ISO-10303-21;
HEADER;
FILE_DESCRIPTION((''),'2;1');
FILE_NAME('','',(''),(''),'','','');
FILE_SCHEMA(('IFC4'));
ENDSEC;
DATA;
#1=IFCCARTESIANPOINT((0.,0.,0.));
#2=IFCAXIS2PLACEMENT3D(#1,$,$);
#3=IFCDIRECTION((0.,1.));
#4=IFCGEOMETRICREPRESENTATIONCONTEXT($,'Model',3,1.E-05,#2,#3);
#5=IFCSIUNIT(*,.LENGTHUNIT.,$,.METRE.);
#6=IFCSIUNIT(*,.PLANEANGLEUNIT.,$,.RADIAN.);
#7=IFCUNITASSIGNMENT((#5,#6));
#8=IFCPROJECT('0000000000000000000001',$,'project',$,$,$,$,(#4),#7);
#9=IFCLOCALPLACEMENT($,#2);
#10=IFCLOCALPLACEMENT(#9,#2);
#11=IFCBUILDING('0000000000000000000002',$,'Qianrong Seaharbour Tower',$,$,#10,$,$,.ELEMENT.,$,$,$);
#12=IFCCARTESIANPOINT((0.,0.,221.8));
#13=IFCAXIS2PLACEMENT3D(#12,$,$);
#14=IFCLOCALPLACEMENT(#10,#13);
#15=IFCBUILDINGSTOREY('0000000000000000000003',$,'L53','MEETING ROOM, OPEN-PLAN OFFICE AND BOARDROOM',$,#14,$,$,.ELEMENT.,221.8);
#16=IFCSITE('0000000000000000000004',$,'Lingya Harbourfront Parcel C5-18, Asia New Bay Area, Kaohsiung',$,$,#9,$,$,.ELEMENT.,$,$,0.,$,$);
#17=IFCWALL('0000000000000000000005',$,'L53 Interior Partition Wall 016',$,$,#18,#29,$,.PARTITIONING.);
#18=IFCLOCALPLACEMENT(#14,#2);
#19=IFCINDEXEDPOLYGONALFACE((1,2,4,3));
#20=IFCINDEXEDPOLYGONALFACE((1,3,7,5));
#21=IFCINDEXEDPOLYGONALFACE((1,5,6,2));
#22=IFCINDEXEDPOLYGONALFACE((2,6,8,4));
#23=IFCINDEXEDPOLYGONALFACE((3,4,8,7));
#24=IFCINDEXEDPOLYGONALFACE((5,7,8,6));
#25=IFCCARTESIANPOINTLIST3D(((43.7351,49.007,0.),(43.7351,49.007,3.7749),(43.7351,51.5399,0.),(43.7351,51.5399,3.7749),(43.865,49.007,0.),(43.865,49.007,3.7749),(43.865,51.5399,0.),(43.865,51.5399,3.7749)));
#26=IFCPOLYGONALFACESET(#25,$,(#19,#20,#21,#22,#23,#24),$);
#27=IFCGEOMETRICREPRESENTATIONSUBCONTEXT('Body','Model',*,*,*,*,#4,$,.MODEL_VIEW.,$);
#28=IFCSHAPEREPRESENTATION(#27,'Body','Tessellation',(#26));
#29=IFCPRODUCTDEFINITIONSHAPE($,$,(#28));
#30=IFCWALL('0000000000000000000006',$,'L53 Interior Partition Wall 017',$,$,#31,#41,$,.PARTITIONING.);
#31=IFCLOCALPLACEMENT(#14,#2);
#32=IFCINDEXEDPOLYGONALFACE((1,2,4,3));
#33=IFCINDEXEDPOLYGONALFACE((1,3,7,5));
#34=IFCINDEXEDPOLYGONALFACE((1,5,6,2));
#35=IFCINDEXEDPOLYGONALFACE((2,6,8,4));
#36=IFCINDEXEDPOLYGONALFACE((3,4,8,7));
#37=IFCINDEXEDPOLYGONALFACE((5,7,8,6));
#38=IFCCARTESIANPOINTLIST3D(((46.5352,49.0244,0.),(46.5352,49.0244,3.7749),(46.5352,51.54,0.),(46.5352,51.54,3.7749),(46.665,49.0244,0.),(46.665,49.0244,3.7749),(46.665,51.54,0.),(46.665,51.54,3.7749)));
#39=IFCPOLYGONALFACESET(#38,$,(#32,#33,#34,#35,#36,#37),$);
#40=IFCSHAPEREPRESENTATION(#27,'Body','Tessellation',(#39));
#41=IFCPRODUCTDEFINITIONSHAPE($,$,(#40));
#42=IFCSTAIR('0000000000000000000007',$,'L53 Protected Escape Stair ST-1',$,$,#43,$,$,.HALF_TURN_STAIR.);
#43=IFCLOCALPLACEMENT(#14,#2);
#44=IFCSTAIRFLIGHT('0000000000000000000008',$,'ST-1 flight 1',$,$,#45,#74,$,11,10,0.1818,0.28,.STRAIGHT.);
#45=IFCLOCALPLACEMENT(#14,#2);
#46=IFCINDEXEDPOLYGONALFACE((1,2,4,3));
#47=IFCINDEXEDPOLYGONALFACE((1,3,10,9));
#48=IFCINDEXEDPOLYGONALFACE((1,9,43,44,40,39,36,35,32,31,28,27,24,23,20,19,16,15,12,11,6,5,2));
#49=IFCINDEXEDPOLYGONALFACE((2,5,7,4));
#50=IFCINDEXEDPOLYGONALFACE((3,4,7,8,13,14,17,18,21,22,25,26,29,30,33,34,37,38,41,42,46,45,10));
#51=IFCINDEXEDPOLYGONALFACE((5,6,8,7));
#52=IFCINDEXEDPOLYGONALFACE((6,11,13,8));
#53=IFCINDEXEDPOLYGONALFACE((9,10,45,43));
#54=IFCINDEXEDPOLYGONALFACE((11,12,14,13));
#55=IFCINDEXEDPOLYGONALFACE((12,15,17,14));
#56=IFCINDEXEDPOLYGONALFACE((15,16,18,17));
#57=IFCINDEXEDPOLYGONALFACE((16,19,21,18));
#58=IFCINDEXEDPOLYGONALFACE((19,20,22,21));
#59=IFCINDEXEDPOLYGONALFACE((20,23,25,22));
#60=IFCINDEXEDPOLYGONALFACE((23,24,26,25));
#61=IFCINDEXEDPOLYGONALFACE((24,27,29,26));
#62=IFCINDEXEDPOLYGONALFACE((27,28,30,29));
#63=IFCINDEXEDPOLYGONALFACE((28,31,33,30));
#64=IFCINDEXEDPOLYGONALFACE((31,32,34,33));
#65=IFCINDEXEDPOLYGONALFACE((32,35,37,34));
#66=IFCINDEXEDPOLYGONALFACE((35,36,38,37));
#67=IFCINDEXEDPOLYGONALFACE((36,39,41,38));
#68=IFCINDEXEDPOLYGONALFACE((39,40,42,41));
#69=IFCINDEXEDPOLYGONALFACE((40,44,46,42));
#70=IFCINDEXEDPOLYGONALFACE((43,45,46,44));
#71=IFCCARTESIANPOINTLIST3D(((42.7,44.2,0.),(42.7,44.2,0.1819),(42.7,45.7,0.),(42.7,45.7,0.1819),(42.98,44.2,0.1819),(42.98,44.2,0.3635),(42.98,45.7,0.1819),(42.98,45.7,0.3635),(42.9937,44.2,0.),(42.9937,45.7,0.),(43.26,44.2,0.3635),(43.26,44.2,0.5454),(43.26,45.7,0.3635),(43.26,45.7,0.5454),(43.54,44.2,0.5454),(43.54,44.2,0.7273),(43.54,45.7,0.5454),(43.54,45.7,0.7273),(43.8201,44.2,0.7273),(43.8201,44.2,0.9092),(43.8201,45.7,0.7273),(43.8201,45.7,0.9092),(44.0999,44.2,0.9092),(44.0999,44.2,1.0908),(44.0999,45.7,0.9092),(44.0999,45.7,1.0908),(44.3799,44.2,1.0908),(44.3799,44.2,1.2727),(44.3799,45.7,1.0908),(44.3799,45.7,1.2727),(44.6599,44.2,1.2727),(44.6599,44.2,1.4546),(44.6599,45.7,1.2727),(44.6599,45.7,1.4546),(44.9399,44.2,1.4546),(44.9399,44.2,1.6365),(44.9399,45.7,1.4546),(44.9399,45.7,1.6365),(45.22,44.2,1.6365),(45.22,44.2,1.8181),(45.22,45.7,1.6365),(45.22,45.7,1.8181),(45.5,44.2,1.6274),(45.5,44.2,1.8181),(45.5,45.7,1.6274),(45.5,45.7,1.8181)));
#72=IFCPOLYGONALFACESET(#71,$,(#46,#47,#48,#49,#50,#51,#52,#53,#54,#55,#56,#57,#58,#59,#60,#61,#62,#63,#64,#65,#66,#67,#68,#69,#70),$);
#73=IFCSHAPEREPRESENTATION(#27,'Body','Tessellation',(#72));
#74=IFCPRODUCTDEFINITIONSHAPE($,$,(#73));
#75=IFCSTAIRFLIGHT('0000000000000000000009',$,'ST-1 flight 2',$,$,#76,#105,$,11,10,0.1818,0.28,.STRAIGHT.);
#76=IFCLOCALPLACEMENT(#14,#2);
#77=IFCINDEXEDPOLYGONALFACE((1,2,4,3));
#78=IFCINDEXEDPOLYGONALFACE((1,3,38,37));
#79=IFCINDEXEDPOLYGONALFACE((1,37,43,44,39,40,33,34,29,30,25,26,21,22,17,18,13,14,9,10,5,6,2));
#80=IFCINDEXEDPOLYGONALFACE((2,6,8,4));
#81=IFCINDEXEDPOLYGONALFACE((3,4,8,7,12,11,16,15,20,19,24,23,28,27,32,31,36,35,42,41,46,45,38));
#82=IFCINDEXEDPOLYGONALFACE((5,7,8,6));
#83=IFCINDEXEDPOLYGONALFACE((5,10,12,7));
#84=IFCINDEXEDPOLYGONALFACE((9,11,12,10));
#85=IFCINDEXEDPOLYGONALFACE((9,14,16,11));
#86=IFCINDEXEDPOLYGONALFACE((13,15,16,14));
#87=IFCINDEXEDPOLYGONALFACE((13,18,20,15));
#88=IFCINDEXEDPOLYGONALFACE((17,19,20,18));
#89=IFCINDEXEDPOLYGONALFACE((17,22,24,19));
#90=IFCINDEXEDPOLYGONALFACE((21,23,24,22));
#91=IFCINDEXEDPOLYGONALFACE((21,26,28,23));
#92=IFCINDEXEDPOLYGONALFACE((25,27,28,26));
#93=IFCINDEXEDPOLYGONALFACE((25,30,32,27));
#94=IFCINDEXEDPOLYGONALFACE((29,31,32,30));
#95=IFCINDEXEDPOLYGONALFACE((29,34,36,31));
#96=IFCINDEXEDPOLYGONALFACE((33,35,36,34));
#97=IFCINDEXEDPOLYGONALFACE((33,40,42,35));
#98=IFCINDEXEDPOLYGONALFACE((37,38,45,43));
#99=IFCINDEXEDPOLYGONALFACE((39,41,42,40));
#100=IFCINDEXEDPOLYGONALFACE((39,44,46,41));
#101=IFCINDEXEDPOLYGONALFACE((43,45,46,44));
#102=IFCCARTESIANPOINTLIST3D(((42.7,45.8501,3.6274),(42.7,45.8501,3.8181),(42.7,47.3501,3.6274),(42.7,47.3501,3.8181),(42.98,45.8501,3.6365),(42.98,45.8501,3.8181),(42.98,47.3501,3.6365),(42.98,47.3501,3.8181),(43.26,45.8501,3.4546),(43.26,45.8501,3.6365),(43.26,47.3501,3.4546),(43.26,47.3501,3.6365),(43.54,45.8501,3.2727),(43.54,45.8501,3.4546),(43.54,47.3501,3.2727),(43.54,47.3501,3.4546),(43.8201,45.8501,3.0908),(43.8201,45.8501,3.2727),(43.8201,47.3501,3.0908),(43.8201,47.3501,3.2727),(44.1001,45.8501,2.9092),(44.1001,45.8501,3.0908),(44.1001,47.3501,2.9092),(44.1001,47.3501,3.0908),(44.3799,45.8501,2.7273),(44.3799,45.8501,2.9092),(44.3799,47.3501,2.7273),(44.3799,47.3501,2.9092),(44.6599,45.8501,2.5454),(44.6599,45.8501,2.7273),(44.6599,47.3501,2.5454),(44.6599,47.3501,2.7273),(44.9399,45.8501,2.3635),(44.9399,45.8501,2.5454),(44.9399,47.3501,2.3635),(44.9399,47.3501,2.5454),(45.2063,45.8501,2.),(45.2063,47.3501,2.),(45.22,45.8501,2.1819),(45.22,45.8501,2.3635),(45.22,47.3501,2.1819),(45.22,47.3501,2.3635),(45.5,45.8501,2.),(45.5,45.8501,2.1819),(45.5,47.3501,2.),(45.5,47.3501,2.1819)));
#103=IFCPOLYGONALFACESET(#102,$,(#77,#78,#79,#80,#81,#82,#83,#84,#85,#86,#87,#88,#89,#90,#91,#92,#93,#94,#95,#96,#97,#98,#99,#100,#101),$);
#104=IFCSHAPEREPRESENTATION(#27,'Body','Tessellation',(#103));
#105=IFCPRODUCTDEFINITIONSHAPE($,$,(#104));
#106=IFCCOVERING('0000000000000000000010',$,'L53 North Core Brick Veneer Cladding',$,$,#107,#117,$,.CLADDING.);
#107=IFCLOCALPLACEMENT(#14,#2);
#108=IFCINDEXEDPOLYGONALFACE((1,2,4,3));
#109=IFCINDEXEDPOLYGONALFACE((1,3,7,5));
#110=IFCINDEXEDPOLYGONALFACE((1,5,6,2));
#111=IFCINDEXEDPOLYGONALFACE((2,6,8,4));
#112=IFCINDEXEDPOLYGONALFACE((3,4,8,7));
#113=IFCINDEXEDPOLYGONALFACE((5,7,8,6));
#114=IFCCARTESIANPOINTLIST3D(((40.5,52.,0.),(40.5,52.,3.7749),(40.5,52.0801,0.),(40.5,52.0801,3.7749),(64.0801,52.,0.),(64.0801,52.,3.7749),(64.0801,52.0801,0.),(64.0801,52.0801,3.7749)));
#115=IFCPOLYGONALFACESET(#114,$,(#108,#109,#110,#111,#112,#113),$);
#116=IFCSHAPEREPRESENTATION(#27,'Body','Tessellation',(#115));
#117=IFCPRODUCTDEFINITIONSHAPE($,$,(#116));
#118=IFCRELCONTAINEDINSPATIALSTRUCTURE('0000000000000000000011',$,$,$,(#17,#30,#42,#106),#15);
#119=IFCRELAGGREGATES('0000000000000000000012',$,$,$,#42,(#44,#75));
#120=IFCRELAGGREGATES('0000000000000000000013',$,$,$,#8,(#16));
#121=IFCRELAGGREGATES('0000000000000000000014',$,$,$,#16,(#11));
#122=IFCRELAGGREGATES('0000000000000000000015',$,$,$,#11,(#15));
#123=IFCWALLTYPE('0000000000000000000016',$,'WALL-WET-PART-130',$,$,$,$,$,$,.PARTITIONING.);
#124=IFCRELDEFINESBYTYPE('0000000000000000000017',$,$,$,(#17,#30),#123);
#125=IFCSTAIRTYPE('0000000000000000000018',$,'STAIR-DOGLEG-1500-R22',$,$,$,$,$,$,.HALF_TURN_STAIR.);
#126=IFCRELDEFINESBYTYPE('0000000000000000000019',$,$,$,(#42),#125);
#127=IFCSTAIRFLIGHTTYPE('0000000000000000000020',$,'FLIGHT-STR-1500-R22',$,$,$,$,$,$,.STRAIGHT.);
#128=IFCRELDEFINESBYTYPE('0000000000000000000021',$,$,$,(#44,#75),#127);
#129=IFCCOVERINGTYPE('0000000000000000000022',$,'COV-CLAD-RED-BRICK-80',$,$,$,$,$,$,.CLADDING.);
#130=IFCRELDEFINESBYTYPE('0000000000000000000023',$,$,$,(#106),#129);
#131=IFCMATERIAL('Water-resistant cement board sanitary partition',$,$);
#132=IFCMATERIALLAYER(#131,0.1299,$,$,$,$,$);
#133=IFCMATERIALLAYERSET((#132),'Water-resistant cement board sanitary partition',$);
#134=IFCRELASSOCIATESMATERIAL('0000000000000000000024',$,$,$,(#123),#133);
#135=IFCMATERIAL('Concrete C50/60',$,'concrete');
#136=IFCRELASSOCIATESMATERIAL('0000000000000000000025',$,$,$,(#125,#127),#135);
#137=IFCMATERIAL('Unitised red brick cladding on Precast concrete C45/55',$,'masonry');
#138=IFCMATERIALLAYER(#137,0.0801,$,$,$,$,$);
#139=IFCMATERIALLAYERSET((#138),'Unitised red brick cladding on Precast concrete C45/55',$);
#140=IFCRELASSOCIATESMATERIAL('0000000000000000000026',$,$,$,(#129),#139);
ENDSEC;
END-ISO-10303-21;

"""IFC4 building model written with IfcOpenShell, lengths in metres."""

from ifc_helpers import new_model, si_unit, direction, frame, frame_2d, origin, origin_2d, place, context, subcontext, project, spatial, polyline, rectangle, outline, extrude, material, layer, layer_set, type_object, element, aggregate, save


model = new_model("IFC4")

# Units and contexts
model_context = context("Model", 3, precision=1e-05, world=origin(), true_north=direction((0.0, 1.0)))
body_context = subcontext(model_context, "Body", "Model", "MODEL_VIEW")
ifc_project = project(units=[si_unit("LENGTHUNIT", "METRE"), si_unit("PLANEANGLEUNIT", "RADIAN")], contexts=[model_context])

# Site, building, storey
site_placement = place(None, origin())
site = spatial("IfcSite", under=ifc_project, at=site_placement, Name="Lingya Harbourfront Parcel C5-18, Asia New Bay Area, Kaohsiung", CompositionType="ELEMENT", RefElevation=0.0)
building_placement = place(site_placement, origin())
building = spatial("IfcBuilding", under=site, at=building_placement, Name="Qianrong Seaharbour Tower", CompositionType="ELEMENT")
storey_placement = place(building_placement, frame((0.0, 0.0, 221.8)))
storey = spatial("IfcBuildingStorey", under=building, at=storey_placement, Name="L53", Description="MEETING ROOM, OPEN-PLAN OFFICE AND BOARDROOM", CompositionType="ELEMENT", Elevation=221.8)

# Shared definitions
ifc_material_1 = material(Name="Concrete C50/60", Category="concrete")

# Shared definitions
ifc_material_2 = material(Name="Water-resistant cement board sanitary partition")
ifc_layer_1 = layer(ifc_material_2, 0.1299)
ifc_layer_set_1 = layer_set([ifc_layer_1], Name="Water-resistant cement board sanitary partition")
wall_type_1 = type_object("IfcWallType", Name="WALL-WET-PART-130", PredefinedType="PARTITIONING", material=ifc_layer_set_1)

# Walls
wall_1_placement = place(storey_placement, frame((43.8, 51.54, 0.0), z_axis=(0.0, 0.0, 1.0), x_axis=(0.0, -1.0, 0.0)))
element("IfcWall", 1, at=wall_1_placement, inside=storey, type_object=wall_type_1, Name="L53 Interior Partition Wall 016", PredefinedType="PARTITIONING", context=body_context, shape_type="SweptSolid", body=[
    extrude(rectangle(XDim=2.533, YDim=0.1299, at=frame_2d((1.2666, 0.0))), origin(), (0.0, 0.0, 1.0), 3.7749),
])
wall_2_placement = place(storey_placement, frame((46.6001, 51.54, 0.0), z_axis=(0.0, 0.0, 1.0), x_axis=(0.0, -1.0, 0.0)))
element("IfcWall", 2, at=wall_2_placement, inside=storey, type_object=wall_type_1, Name="L53 Interior Partition Wall 017", PredefinedType="PARTITIONING", context=body_context, shape_type="SweptSolid", body=[
    extrude(rectangle(XDim=2.5156, YDim=0.1299, at=frame_2d((1.2578, 0.0))), origin(), (0.0, 0.0, 1.0), 3.7749),
])

# Stair, stair flights
stair_type = type_object("IfcStairType", Name="STAIR-DOGLEG-1500-R22", PredefinedType="HALF_TURN_STAIR", material=ifc_material_1)
stair_placement = place(storey_placement, origin())
stair = element("IfcStair", 3, at=stair_placement, inside=storey, type_object=stair_type, Name="L53 Protected Escape Stair ST-1", PredefinedType="HALF_TURN_STAIR")
stair_flight_type = type_object("IfcStairFlightType", Name="FLIGHT-STR-1500-R22", PredefinedType="STRAIGHT", material=ifc_material_1)
stair_flight_1_placement = place(storey_placement, frame((42.7, 44.95, 0.0), z_axis=(0.0, 0.0, 1.0), x_axis=(1.0, 0.0, 0.0)))
stair_flight_1 = element("IfcStairFlight", 4, at=stair_flight_1_placement, type_object=stair_flight_type, Name="ST-1 flight 1", NumberOfRisers=11, NumberOfTreads=10, PredefinedType="STRAIGHT", RiserHeight=0.1818, TreadLength=0.28, context=body_context, shape_type="SweptSolid", body=[
    extrude(outline(polyline([(0.0, 0.0), (0.0, 0.1819), (0.28, 0.1819), (0.28, 0.3635), (0.5601, 0.3635), (0.5601, 0.5454), (0.8401, 0.5454), (0.8401, 0.7273), (1.1201, 0.7273), (1.1201, 0.9092), (1.3999, 0.9092), (1.3999, 1.0908), (1.6799, 1.0908), (1.6799, 1.2727), (1.96, 1.2727), (1.96, 1.4546), (2.24, 1.4546), (2.24, 1.6365), (2.52, 1.6365), (2.52, 1.8181), (2.8, 1.8181), (2.8, 2.0), (2.8, 1.6274), (0.2937, 0.0), (0.0, 0.0)])), frame((0.0, 0.75, 0.0), z_axis=(0.0, -1.0, 0.0), x_axis=(1.0, 0.0, 0.0)), (0.0, 0.0, 1.0), 1.5),
])
stair_flight_2_placement = place(storey_placement, frame((45.5, 46.6001, 2.0), z_axis=(0.0, 0.0, 1.0), x_axis=(-1.0, 0.0, 0.0)))
stair_flight_2 = element("IfcStairFlight", 5, at=stair_flight_2_placement, type_object=stair_flight_type, Name="ST-1 flight 2", NumberOfRisers=11, NumberOfTreads=10, PredefinedType="STRAIGHT", RiserHeight=0.1818, TreadLength=0.28, context=body_context, shape_type="SweptSolid", body=[
    extrude(outline(polyline([(0.0, 0.0), (0.0, 0.1819), (0.28, 0.1819), (0.28, 0.3635), (0.5601, 0.3635), (0.5601, 0.5454), (0.8401, 0.5454), (0.8401, 0.7273), (1.1201, 0.7273), (1.1201, 0.9092), (1.3999, 0.9092), (1.3999, 1.0908), (1.6799, 1.0908), (1.6799, 1.2727), (1.96, 1.2727), (1.96, 1.4546), (2.24, 1.4546), (2.24, 1.6365), (2.52, 1.6365), (2.52, 1.8181), (2.8, 1.8181), (2.8, 2.0), (2.8, 1.6274), (0.2937, 0.0), (0.0, 0.0)])), frame((0.0, 0.75, 0.0), z_axis=(0.0, -1.0, 0.0), x_axis=(1.0, 0.0, 0.0)), (0.0, 0.0, 1.0), 1.5),
])
aggregate(stair, [stair_flight_1, stair_flight_2])

# Covering
ifc_material_3 = material(Name="Unitised red brick cladding on Precast concrete C45/55", Category="masonry")
ifc_layer_2 = layer(ifc_material_3, 0.0801)
ifc_layer_set_2 = layer_set([ifc_layer_2], Name="Unitised red brick cladding on Precast concrete C45/55")
covering_type = type_object("IfcCoveringType", Name="COV-CLAD-RED-BRICK-80", PredefinedType="CLADDING", material=ifc_layer_set_2)
covering_placement = place(storey_placement, frame((52.29, 52.04, 0.0), z_axis=(0.0, 0.0, 1.0), x_axis=(1.0, 0.0, 0.0)))
element("IfcCovering", 6, at=covering_placement, inside=storey, type_object=covering_type, Name="L53 North Core Brick Veneer Cladding", PredefinedType="CLADDING", context=body_context, shape_type="SweptSolid", body=[
    extrude(rectangle(XDim=23.5801, YDim=0.0801, at=origin_2d()), origin(), (0.0, 0.0, 1.0), 3.7749),
])

save(model, "model.ifc")
